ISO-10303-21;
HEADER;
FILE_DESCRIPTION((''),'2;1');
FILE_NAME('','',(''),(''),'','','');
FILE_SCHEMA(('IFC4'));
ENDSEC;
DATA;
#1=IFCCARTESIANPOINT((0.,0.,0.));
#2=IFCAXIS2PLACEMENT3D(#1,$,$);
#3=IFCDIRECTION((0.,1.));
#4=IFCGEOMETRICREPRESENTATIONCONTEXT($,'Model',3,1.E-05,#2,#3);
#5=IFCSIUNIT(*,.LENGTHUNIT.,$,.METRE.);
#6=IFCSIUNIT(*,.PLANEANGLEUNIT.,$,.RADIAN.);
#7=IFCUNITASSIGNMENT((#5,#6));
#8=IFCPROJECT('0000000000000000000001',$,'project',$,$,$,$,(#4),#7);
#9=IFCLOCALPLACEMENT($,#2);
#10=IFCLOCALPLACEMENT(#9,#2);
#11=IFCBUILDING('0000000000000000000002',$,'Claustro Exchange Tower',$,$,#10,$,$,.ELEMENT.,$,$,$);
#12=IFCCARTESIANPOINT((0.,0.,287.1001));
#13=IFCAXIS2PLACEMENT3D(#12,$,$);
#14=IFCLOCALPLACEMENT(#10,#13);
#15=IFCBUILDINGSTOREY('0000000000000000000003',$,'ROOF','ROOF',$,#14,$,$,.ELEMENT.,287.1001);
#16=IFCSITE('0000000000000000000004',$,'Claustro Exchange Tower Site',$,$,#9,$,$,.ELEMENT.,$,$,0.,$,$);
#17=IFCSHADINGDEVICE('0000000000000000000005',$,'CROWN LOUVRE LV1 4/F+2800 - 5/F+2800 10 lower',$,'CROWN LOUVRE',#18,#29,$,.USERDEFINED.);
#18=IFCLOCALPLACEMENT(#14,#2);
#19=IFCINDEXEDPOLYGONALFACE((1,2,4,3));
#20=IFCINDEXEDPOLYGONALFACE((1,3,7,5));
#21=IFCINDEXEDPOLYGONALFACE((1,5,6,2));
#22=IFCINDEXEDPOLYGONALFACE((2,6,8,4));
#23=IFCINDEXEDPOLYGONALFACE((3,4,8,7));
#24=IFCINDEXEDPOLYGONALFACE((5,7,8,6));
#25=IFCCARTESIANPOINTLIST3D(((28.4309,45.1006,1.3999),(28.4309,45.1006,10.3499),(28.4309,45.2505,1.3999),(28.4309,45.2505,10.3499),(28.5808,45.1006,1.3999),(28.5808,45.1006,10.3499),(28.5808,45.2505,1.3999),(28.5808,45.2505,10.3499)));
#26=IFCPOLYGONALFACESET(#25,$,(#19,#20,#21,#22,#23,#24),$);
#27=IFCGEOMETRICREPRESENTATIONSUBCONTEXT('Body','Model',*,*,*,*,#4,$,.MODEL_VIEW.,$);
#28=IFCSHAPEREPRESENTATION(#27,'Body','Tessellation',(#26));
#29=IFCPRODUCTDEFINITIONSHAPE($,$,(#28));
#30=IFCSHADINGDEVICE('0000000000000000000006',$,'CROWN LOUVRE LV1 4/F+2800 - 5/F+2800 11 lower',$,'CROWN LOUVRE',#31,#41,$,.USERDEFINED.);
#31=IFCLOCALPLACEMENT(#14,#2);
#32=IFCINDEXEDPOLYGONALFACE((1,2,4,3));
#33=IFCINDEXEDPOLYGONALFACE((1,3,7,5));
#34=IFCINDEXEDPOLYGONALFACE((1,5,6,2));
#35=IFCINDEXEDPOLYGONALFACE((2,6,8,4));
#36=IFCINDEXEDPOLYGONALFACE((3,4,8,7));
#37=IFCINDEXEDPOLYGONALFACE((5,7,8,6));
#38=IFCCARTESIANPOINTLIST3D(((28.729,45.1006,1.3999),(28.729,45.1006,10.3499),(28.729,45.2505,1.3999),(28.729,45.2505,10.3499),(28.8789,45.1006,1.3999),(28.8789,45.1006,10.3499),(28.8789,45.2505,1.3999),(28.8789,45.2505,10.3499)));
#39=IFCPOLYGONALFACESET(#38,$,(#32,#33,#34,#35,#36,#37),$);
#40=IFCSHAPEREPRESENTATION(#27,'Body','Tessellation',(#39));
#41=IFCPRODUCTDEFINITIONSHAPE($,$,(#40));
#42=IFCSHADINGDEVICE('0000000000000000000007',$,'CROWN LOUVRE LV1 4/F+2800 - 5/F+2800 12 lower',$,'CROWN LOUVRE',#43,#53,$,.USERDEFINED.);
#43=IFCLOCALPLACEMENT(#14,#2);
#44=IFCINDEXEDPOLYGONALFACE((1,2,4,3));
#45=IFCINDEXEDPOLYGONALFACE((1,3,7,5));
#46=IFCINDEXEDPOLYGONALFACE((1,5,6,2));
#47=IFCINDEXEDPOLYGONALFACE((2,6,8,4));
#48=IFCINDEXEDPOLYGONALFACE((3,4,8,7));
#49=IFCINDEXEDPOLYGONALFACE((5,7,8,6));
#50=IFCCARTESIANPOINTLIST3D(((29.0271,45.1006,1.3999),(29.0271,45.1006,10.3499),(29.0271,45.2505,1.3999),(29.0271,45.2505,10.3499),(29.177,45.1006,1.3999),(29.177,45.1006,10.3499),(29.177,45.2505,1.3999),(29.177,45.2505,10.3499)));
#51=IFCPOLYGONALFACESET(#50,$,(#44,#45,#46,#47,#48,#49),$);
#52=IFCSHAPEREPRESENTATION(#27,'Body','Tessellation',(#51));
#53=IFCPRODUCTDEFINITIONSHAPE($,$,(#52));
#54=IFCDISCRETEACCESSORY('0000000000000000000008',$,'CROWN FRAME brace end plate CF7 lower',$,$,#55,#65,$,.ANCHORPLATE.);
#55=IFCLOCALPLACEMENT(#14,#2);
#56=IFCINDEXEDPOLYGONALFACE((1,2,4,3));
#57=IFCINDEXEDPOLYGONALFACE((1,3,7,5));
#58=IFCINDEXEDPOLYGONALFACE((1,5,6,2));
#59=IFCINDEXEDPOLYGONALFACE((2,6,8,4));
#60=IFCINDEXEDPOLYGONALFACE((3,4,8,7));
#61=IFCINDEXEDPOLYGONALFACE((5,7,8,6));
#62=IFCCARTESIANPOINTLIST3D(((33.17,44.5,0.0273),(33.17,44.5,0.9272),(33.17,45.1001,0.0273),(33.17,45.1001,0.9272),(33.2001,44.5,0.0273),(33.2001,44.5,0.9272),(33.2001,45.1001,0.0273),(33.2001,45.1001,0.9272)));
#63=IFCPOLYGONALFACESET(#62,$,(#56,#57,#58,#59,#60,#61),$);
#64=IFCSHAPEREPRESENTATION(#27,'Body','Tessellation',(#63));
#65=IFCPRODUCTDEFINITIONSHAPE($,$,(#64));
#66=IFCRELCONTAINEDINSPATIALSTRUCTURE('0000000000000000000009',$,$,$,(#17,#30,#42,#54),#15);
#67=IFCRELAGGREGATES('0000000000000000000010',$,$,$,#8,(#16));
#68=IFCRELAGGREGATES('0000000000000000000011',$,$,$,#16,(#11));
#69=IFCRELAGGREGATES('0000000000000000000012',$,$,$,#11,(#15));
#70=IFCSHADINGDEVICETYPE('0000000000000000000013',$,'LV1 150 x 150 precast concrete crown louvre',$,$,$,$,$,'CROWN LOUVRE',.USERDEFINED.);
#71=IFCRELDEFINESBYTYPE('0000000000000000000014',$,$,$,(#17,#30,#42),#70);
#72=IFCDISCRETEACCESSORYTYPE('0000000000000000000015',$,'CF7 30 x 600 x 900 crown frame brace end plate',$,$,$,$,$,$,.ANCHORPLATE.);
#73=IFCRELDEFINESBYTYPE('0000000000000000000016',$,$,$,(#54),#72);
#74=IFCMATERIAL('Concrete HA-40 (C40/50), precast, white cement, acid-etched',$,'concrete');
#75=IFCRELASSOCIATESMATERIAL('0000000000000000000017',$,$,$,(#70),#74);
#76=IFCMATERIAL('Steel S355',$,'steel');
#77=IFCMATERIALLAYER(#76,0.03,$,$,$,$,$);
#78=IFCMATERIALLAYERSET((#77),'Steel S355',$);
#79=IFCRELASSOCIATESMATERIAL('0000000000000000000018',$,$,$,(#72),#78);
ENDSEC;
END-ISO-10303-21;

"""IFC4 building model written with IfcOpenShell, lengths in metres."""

from ifc_helpers import new_model, si_unit, direction, frame, origin, origin_2d, place, context, subcontext, project, spatial, rectangle, extrude, material, layer, layer_set, type_object, element, save


model = new_model("IFC4")

# Units and contexts
model_context = context("Model", 3, precision=1e-05, world=origin(), true_north=direction((0.0, 1.0)))
body_context = subcontext(model_context, "Body", "Model", "MODEL_VIEW")
ifc_project = project(units=[si_unit("LENGTHUNIT", "METRE"), si_unit("PLANEANGLEUNIT", "RADIAN")], contexts=[model_context])

# Site, building, storey
site_placement = place(None, origin())
site = spatial("IfcSite", under=ifc_project, at=site_placement, Name="Claustro Exchange Tower Site", CompositionType="ELEMENT", RefElevation=0.0)
building_placement = place(site_placement, origin())
building = spatial("IfcBuilding", under=site, at=building_placement, Name="Claustro Exchange Tower", CompositionType="ELEMENT")
storey_placement = place(building_placement, frame((0.0, 0.0, 287.1001)))
storey = spatial("IfcBuildingStorey", under=building, at=storey_placement, Name="ROOF", Description="ROOF", CompositionType="ELEMENT", Elevation=287.1001)

# Shading devices
ifc_material_1 = material(Name="Concrete HA-40 (C40/50), precast, white cement, acid-etched", Category="concrete")
shading_device_type = type_object("IfcShadingDeviceType", Name="LV1 150 x 150 precast concrete crown louvre", ElementType="CROWN LOUVRE", PredefinedType="USERDEFINED", material=ifc_material_1)
for number, where, z_axis, x_axis, name in (
    (1, (28.5059, 45.1755, 1.3999), (0.0, 0.0, 1.0), (1.0, 0.0, 0.0), "CROWN LOUVRE LV1 4/F+2800 - 5/F+2800 10 lower"),
    (2, (28.804, 45.1755, 1.3999), (0.0, 0.0, 1.0), (1.0, 0.0, 0.0), "CROWN LOUVRE LV1 4/F+2800 - 5/F+2800 11 lower"),
    (3, (29.1021, 45.1755, 1.3999), (0.0, 0.0, 1.0), (1.0, 0.0, 0.0), "CROWN LOUVRE LV1 4/F+2800 - 5/F+2800 12 lower"),
):
    element("IfcShadingDevice", number, at=place(storey_placement, frame(where, z_axis=z_axis, x_axis=x_axis)), inside=storey, type_object=shading_device_type, Name=name, ObjectType="CROWN LOUVRE", PredefinedType="USERDEFINED", context=body_context, shape_type="SweptSolid", body=[
        extrude(rectangle(XDim=0.1499, YDim=0.1499, at=origin_2d()), origin(), (0.0, 0.0, 1.0), 8.95),
    ])

# Discrete accessory
ifc_material_2 = material(Name="Steel S355", Category="steel")
ifc_layer_1 = layer(ifc_material_2, 0.03)
ifc_layer_set_1 = layer_set([ifc_layer_1], Name="Steel S355")
discrete_accessory_type = type_object("IfcDiscreteAccessoryType", Name="CF7 30 x 600 x 900 crown frame brace end plate", PredefinedType="ANCHORPLATE", material=ifc_layer_set_1)
discrete_accessory_placement = place(storey_placement, frame((33.1851, 44.8, 0.0273), z_axis=(0.0, 0.0, 1.0), x_axis=(-1.0, 0.0, 0.0)))
element("IfcDiscreteAccessory", 4, at=discrete_accessory_placement, inside=storey, type_object=discrete_accessory_type, Name="CROWN FRAME brace end plate CF7 lower", PredefinedType="ANCHORPLATE", context=body_context, shape_type="SweptSolid", body=[
    extrude(rectangle(XDim=0.03, YDim=0.6001, at=origin_2d()), origin(), (0.0, 0.0, 1.0), 0.8999),
])

save(model, "model.ifc")
